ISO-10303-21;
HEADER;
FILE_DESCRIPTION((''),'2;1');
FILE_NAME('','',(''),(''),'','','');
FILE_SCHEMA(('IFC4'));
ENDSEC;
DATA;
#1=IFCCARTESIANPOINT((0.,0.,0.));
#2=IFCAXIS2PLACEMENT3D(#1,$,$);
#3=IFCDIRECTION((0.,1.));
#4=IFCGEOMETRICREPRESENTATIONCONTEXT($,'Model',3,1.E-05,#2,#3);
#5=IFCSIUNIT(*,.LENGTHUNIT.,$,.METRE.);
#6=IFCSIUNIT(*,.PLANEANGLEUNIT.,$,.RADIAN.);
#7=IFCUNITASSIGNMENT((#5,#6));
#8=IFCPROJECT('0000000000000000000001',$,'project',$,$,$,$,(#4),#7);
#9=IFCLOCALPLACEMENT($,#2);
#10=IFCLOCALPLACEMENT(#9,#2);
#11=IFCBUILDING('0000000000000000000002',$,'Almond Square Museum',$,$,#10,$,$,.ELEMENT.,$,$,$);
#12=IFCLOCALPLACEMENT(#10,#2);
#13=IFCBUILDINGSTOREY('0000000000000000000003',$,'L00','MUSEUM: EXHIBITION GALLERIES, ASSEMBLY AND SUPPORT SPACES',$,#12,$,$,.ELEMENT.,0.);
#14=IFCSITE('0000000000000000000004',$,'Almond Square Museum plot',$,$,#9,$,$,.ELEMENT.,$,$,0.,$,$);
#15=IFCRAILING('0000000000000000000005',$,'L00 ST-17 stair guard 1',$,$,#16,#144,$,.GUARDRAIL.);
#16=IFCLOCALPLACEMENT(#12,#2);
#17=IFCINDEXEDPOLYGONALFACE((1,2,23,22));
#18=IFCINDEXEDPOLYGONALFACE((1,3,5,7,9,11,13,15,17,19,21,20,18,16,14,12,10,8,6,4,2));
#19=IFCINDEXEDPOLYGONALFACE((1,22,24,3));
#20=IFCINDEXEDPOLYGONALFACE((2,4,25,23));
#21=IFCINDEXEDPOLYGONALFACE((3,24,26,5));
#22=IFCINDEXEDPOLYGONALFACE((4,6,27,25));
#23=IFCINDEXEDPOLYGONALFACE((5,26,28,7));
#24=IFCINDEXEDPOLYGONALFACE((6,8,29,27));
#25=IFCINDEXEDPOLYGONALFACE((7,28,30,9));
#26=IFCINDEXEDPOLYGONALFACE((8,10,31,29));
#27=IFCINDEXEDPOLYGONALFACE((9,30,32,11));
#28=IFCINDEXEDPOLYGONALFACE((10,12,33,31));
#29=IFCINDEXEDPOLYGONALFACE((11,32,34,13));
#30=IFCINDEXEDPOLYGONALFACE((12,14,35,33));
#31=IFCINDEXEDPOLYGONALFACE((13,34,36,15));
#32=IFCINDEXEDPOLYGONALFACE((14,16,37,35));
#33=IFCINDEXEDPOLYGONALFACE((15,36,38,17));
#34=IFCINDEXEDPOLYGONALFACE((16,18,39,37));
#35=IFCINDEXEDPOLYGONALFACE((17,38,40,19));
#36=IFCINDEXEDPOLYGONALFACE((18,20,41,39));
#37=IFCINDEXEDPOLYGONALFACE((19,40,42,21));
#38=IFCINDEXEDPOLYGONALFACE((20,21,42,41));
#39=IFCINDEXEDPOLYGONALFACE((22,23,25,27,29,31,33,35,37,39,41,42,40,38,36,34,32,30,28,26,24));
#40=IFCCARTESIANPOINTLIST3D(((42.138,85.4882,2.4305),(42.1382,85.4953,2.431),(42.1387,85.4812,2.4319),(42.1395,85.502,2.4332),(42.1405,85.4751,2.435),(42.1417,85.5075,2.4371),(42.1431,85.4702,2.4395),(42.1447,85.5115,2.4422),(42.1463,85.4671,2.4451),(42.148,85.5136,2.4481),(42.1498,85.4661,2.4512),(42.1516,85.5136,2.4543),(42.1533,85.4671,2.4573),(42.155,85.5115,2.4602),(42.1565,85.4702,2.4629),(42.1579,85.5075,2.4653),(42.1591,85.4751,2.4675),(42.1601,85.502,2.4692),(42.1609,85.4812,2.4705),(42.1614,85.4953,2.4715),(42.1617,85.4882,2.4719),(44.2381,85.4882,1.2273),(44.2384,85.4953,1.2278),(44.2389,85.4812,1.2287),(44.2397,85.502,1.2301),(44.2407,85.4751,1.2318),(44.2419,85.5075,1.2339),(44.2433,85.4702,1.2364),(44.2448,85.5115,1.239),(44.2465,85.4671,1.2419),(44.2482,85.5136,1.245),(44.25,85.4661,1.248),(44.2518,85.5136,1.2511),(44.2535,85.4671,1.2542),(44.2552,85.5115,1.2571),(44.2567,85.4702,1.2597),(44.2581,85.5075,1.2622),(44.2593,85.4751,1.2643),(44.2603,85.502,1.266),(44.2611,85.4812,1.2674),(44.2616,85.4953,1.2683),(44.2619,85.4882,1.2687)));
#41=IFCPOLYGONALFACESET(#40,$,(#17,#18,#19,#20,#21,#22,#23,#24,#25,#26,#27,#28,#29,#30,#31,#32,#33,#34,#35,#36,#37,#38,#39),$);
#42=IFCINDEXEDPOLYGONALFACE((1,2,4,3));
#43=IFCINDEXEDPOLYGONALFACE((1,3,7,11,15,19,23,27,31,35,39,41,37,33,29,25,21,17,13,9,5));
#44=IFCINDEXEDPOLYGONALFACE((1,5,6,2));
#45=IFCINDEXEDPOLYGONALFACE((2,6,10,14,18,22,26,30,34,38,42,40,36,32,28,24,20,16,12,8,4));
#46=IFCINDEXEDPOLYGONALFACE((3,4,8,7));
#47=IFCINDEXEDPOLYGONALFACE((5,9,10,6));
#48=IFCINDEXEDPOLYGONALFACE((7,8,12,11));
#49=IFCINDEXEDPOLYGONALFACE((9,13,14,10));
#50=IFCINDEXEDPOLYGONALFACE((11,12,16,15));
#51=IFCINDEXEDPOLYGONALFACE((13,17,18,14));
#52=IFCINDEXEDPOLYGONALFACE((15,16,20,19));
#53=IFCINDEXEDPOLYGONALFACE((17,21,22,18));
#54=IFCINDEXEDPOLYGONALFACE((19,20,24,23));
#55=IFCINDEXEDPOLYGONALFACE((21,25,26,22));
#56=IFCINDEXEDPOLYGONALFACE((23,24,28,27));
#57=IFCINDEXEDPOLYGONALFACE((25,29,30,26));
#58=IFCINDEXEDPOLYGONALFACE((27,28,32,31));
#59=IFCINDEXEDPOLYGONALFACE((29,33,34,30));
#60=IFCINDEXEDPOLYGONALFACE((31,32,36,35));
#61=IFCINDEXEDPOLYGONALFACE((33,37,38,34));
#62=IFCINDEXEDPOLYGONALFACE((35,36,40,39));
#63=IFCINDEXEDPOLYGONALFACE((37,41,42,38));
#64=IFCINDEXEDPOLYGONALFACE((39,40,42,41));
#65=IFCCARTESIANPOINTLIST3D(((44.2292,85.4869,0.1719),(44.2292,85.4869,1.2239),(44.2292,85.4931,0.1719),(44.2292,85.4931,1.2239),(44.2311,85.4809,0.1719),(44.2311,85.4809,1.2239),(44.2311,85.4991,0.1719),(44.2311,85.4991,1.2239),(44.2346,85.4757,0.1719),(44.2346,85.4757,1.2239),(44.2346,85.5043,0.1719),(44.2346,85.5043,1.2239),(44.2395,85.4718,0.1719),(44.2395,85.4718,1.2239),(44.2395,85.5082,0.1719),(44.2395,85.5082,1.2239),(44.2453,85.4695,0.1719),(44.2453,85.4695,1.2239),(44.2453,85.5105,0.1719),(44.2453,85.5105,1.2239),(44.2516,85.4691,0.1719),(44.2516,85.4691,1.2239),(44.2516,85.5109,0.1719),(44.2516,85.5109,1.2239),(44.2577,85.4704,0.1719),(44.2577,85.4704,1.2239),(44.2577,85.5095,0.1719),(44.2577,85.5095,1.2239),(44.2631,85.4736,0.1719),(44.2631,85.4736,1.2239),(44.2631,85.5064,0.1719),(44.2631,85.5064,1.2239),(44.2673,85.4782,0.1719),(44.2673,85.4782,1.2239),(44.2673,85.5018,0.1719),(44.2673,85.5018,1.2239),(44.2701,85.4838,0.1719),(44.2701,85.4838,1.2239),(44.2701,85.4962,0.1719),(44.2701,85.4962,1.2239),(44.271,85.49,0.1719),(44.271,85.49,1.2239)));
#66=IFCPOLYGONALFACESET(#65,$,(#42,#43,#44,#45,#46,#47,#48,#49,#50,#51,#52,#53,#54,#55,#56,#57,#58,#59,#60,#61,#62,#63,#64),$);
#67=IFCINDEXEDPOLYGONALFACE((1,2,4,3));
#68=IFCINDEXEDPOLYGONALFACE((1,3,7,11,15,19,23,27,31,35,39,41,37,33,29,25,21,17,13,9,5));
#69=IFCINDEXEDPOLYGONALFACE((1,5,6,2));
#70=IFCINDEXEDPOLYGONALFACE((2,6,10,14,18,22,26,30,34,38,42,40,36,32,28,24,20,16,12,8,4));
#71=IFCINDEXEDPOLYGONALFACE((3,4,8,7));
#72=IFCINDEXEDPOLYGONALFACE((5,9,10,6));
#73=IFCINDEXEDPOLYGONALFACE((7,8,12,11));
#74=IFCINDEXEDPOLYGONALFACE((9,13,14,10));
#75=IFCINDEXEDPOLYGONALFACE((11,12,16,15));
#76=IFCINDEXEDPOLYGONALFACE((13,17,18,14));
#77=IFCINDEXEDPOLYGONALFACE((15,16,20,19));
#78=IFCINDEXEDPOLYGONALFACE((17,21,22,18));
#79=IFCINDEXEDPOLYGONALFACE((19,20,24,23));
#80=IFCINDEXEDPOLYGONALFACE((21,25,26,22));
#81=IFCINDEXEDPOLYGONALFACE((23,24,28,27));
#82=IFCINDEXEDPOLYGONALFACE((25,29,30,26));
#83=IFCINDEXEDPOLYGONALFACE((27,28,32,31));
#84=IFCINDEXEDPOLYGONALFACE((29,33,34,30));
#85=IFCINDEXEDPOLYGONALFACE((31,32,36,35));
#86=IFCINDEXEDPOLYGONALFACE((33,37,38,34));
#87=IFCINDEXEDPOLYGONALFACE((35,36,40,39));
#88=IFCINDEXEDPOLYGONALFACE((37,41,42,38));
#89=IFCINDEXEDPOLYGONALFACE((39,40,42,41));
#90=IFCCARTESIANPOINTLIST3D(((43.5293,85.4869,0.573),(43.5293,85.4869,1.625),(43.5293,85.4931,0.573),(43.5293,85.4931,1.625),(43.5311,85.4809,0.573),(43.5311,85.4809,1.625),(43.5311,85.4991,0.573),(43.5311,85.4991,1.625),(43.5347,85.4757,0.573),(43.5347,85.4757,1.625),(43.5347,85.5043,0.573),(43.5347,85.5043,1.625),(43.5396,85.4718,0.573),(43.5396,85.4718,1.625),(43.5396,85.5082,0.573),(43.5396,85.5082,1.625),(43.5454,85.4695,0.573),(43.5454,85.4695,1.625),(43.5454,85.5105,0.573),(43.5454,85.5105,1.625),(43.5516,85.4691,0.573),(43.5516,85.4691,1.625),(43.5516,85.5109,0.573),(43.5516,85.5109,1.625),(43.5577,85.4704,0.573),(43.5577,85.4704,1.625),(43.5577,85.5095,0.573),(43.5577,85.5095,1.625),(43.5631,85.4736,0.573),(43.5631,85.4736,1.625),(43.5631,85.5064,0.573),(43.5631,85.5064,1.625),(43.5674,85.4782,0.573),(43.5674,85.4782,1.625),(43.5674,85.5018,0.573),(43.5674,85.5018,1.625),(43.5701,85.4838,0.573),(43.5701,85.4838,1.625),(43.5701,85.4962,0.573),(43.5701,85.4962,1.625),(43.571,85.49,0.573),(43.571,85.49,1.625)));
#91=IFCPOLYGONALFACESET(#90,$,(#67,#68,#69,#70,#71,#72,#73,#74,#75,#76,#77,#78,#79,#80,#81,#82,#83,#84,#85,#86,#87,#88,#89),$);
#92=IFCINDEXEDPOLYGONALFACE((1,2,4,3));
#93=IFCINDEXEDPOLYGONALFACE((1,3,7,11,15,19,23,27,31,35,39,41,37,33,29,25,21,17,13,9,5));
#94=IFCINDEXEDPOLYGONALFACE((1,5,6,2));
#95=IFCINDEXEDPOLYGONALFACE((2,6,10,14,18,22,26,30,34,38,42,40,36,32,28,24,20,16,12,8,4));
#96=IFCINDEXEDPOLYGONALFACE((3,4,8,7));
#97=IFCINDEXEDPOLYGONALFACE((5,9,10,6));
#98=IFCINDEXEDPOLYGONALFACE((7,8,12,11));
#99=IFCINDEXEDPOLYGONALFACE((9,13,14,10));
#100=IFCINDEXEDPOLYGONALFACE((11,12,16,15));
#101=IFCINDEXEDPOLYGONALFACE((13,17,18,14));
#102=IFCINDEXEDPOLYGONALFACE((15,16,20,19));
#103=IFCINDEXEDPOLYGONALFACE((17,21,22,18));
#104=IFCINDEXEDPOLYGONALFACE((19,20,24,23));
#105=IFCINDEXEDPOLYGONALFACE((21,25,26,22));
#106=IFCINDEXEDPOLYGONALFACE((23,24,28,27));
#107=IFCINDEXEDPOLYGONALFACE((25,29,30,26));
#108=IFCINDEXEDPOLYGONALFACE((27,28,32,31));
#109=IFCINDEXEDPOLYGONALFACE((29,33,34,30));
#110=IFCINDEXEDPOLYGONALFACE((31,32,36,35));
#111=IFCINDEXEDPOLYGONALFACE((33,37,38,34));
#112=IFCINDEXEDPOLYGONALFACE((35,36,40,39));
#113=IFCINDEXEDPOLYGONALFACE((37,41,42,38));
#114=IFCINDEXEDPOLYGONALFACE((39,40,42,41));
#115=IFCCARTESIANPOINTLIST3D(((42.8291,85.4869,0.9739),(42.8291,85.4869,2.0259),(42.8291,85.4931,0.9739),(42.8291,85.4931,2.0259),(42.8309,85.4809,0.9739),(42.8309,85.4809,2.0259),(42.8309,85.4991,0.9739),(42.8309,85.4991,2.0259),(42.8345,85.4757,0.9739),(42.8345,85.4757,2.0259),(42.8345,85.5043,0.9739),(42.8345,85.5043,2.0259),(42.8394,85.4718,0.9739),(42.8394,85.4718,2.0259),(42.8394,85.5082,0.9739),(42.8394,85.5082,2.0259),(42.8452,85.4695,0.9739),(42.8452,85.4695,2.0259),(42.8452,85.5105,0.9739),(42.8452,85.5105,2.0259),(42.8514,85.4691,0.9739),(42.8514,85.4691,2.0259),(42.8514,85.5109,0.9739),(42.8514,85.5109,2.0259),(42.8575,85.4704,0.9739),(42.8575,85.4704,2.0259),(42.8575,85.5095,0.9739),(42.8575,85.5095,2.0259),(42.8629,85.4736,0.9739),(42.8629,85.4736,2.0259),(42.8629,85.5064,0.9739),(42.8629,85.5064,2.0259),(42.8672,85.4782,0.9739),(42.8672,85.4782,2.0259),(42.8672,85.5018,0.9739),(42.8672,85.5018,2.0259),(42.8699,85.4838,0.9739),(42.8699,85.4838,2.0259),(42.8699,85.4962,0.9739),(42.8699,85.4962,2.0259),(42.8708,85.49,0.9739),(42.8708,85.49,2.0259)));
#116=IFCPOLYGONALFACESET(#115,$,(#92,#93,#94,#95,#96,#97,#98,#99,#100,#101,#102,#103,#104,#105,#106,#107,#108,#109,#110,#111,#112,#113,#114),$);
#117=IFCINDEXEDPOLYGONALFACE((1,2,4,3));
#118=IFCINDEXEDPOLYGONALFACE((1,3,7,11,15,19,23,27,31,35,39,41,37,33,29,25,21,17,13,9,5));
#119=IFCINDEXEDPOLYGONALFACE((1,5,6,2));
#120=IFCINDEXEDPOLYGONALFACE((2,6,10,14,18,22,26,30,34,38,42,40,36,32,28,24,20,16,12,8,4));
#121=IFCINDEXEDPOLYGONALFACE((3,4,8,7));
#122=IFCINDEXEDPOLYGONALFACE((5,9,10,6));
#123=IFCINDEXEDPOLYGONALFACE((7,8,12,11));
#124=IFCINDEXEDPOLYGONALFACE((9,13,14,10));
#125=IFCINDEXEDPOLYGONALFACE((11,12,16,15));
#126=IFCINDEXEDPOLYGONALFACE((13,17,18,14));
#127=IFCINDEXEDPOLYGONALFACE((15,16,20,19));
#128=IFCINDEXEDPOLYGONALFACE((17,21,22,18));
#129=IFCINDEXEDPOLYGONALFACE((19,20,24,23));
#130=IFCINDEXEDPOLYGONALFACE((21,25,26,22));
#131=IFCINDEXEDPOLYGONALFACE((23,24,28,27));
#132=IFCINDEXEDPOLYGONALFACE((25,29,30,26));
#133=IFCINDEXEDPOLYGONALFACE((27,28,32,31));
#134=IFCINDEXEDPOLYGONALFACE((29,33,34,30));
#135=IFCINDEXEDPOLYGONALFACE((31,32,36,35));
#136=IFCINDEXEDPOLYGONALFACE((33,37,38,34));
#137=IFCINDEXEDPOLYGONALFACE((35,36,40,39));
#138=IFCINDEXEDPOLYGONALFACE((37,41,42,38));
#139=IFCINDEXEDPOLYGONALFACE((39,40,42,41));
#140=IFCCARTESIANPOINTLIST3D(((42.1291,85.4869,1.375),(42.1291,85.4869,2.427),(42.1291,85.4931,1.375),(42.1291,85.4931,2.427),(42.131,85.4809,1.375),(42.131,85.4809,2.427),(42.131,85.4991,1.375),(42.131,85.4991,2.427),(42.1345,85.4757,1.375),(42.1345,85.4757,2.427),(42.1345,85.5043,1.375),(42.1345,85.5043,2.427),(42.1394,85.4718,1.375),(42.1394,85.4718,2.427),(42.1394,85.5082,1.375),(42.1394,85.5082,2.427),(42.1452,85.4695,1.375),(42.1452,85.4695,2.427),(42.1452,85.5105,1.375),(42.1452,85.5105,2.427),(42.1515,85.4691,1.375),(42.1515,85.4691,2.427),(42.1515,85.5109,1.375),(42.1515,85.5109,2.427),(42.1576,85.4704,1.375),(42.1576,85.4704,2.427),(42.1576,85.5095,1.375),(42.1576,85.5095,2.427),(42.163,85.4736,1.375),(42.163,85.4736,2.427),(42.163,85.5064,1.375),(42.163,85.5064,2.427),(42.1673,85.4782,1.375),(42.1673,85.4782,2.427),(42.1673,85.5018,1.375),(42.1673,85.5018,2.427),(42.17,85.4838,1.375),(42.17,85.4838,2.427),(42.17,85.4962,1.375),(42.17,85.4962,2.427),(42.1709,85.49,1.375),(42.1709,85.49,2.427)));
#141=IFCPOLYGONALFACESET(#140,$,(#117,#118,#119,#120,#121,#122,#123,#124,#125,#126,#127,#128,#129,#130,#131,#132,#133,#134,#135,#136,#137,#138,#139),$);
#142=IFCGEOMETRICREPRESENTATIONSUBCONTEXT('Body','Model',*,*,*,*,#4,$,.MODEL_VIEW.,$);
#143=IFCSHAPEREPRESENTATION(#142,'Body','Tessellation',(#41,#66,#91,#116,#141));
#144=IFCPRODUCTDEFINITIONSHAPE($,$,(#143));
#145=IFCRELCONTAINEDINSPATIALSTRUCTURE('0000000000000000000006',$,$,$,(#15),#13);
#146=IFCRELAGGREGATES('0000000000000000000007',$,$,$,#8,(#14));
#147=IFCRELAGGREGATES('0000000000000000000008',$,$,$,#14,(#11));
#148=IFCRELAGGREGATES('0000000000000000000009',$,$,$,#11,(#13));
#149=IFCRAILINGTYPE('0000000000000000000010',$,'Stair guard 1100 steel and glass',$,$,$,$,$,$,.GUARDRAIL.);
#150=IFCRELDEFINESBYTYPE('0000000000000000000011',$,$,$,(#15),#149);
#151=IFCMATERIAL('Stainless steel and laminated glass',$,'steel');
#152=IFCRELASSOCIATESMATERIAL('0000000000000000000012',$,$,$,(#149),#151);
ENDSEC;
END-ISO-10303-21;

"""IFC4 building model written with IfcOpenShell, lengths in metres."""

from ifc_helpers import new_model, si_unit, direction, frame, origin, origin_2d, place, context, subcontext, project, spatial, circle, extrude, material, type_object, element, save


model = new_model("IFC4")

# Units and contexts
model_context = context("Model", 3, precision=1e-05, world=origin(), true_north=direction((0.0, 1.0)))
body_context = subcontext(model_context, "Body", "Model", "MODEL_VIEW")
ifc_project = project(units=[si_unit("LENGTHUNIT", "METRE"), si_unit("PLANEANGLEUNIT", "RADIAN")], contexts=[model_context])

# Site, building, storey
site_placement = place(None, origin())
site = spatial("IfcSite", under=ifc_project, at=site_placement, Name="Almond Square Museum plot", CompositionType="ELEMENT", RefElevation=0.0)
building_placement = place(site_placement, origin())
building = spatial("IfcBuilding", under=site, at=building_placement, Name="Almond Square Museum", CompositionType="ELEMENT")
storey_placement = place(building_placement, origin())
storey = spatial("IfcBuildingStorey", under=building, at=storey_placement, Name="L00", Description="MUSEUM: EXHIBITION GALLERIES, ASSEMBLY AND SUPPORT SPACES", CompositionType="ELEMENT", Elevation=0.0)

# Railing
ifc_material_1 = material(Name="Stainless steel and laminated glass", Category="steel")
railing_type_1 = type_object("IfcRailingType", Name="Stair guard 1100 steel and glass", PredefinedType="GUARDRAIL", material=ifc_material_1)
railing_1_placement = place(storey_placement, frame((44.25, 85.49, 0.1719)))
element("IfcRailing", 1, at=railing_1_placement, inside=storey, type_object=railing_type_1, Name="L00 ST-17 stair guard 1", PredefinedType="GUARDRAIL", context=body_context, shape_type="SweptSolid", body=[
    extrude(circle(Radius=0.0239, at=origin_2d()), frame((0.0, 0.0, 1.0762), z_axis=(-0.867696, 0.0, 0.497095), x_axis=(0.0, -1.0, 0.0)), (0.0, 0.0, 1.0), 2.4204),
    extrude(circle(Radius=0.021, at=origin_2d()), origin(), (0.0, 0.0, 1.0), 1.052),
    extrude(circle(Radius=0.021, at=origin_2d()), frame((-0.7, 0.0, 0.4011)), (0.0, 0.0, 1.0), 1.052),
    extrude(circle(Radius=0.021, at=origin_2d()), frame((-1.4001, 0.0, 0.802)), (0.0, 0.0, 1.0), 1.052),
    extrude(circle(Radius=0.021, at=origin_2d()), frame((-2.1001, 0.0, 1.2031)), (0.0, 0.0, 1.0), 1.052),
])

save(model, "model.ifc")
